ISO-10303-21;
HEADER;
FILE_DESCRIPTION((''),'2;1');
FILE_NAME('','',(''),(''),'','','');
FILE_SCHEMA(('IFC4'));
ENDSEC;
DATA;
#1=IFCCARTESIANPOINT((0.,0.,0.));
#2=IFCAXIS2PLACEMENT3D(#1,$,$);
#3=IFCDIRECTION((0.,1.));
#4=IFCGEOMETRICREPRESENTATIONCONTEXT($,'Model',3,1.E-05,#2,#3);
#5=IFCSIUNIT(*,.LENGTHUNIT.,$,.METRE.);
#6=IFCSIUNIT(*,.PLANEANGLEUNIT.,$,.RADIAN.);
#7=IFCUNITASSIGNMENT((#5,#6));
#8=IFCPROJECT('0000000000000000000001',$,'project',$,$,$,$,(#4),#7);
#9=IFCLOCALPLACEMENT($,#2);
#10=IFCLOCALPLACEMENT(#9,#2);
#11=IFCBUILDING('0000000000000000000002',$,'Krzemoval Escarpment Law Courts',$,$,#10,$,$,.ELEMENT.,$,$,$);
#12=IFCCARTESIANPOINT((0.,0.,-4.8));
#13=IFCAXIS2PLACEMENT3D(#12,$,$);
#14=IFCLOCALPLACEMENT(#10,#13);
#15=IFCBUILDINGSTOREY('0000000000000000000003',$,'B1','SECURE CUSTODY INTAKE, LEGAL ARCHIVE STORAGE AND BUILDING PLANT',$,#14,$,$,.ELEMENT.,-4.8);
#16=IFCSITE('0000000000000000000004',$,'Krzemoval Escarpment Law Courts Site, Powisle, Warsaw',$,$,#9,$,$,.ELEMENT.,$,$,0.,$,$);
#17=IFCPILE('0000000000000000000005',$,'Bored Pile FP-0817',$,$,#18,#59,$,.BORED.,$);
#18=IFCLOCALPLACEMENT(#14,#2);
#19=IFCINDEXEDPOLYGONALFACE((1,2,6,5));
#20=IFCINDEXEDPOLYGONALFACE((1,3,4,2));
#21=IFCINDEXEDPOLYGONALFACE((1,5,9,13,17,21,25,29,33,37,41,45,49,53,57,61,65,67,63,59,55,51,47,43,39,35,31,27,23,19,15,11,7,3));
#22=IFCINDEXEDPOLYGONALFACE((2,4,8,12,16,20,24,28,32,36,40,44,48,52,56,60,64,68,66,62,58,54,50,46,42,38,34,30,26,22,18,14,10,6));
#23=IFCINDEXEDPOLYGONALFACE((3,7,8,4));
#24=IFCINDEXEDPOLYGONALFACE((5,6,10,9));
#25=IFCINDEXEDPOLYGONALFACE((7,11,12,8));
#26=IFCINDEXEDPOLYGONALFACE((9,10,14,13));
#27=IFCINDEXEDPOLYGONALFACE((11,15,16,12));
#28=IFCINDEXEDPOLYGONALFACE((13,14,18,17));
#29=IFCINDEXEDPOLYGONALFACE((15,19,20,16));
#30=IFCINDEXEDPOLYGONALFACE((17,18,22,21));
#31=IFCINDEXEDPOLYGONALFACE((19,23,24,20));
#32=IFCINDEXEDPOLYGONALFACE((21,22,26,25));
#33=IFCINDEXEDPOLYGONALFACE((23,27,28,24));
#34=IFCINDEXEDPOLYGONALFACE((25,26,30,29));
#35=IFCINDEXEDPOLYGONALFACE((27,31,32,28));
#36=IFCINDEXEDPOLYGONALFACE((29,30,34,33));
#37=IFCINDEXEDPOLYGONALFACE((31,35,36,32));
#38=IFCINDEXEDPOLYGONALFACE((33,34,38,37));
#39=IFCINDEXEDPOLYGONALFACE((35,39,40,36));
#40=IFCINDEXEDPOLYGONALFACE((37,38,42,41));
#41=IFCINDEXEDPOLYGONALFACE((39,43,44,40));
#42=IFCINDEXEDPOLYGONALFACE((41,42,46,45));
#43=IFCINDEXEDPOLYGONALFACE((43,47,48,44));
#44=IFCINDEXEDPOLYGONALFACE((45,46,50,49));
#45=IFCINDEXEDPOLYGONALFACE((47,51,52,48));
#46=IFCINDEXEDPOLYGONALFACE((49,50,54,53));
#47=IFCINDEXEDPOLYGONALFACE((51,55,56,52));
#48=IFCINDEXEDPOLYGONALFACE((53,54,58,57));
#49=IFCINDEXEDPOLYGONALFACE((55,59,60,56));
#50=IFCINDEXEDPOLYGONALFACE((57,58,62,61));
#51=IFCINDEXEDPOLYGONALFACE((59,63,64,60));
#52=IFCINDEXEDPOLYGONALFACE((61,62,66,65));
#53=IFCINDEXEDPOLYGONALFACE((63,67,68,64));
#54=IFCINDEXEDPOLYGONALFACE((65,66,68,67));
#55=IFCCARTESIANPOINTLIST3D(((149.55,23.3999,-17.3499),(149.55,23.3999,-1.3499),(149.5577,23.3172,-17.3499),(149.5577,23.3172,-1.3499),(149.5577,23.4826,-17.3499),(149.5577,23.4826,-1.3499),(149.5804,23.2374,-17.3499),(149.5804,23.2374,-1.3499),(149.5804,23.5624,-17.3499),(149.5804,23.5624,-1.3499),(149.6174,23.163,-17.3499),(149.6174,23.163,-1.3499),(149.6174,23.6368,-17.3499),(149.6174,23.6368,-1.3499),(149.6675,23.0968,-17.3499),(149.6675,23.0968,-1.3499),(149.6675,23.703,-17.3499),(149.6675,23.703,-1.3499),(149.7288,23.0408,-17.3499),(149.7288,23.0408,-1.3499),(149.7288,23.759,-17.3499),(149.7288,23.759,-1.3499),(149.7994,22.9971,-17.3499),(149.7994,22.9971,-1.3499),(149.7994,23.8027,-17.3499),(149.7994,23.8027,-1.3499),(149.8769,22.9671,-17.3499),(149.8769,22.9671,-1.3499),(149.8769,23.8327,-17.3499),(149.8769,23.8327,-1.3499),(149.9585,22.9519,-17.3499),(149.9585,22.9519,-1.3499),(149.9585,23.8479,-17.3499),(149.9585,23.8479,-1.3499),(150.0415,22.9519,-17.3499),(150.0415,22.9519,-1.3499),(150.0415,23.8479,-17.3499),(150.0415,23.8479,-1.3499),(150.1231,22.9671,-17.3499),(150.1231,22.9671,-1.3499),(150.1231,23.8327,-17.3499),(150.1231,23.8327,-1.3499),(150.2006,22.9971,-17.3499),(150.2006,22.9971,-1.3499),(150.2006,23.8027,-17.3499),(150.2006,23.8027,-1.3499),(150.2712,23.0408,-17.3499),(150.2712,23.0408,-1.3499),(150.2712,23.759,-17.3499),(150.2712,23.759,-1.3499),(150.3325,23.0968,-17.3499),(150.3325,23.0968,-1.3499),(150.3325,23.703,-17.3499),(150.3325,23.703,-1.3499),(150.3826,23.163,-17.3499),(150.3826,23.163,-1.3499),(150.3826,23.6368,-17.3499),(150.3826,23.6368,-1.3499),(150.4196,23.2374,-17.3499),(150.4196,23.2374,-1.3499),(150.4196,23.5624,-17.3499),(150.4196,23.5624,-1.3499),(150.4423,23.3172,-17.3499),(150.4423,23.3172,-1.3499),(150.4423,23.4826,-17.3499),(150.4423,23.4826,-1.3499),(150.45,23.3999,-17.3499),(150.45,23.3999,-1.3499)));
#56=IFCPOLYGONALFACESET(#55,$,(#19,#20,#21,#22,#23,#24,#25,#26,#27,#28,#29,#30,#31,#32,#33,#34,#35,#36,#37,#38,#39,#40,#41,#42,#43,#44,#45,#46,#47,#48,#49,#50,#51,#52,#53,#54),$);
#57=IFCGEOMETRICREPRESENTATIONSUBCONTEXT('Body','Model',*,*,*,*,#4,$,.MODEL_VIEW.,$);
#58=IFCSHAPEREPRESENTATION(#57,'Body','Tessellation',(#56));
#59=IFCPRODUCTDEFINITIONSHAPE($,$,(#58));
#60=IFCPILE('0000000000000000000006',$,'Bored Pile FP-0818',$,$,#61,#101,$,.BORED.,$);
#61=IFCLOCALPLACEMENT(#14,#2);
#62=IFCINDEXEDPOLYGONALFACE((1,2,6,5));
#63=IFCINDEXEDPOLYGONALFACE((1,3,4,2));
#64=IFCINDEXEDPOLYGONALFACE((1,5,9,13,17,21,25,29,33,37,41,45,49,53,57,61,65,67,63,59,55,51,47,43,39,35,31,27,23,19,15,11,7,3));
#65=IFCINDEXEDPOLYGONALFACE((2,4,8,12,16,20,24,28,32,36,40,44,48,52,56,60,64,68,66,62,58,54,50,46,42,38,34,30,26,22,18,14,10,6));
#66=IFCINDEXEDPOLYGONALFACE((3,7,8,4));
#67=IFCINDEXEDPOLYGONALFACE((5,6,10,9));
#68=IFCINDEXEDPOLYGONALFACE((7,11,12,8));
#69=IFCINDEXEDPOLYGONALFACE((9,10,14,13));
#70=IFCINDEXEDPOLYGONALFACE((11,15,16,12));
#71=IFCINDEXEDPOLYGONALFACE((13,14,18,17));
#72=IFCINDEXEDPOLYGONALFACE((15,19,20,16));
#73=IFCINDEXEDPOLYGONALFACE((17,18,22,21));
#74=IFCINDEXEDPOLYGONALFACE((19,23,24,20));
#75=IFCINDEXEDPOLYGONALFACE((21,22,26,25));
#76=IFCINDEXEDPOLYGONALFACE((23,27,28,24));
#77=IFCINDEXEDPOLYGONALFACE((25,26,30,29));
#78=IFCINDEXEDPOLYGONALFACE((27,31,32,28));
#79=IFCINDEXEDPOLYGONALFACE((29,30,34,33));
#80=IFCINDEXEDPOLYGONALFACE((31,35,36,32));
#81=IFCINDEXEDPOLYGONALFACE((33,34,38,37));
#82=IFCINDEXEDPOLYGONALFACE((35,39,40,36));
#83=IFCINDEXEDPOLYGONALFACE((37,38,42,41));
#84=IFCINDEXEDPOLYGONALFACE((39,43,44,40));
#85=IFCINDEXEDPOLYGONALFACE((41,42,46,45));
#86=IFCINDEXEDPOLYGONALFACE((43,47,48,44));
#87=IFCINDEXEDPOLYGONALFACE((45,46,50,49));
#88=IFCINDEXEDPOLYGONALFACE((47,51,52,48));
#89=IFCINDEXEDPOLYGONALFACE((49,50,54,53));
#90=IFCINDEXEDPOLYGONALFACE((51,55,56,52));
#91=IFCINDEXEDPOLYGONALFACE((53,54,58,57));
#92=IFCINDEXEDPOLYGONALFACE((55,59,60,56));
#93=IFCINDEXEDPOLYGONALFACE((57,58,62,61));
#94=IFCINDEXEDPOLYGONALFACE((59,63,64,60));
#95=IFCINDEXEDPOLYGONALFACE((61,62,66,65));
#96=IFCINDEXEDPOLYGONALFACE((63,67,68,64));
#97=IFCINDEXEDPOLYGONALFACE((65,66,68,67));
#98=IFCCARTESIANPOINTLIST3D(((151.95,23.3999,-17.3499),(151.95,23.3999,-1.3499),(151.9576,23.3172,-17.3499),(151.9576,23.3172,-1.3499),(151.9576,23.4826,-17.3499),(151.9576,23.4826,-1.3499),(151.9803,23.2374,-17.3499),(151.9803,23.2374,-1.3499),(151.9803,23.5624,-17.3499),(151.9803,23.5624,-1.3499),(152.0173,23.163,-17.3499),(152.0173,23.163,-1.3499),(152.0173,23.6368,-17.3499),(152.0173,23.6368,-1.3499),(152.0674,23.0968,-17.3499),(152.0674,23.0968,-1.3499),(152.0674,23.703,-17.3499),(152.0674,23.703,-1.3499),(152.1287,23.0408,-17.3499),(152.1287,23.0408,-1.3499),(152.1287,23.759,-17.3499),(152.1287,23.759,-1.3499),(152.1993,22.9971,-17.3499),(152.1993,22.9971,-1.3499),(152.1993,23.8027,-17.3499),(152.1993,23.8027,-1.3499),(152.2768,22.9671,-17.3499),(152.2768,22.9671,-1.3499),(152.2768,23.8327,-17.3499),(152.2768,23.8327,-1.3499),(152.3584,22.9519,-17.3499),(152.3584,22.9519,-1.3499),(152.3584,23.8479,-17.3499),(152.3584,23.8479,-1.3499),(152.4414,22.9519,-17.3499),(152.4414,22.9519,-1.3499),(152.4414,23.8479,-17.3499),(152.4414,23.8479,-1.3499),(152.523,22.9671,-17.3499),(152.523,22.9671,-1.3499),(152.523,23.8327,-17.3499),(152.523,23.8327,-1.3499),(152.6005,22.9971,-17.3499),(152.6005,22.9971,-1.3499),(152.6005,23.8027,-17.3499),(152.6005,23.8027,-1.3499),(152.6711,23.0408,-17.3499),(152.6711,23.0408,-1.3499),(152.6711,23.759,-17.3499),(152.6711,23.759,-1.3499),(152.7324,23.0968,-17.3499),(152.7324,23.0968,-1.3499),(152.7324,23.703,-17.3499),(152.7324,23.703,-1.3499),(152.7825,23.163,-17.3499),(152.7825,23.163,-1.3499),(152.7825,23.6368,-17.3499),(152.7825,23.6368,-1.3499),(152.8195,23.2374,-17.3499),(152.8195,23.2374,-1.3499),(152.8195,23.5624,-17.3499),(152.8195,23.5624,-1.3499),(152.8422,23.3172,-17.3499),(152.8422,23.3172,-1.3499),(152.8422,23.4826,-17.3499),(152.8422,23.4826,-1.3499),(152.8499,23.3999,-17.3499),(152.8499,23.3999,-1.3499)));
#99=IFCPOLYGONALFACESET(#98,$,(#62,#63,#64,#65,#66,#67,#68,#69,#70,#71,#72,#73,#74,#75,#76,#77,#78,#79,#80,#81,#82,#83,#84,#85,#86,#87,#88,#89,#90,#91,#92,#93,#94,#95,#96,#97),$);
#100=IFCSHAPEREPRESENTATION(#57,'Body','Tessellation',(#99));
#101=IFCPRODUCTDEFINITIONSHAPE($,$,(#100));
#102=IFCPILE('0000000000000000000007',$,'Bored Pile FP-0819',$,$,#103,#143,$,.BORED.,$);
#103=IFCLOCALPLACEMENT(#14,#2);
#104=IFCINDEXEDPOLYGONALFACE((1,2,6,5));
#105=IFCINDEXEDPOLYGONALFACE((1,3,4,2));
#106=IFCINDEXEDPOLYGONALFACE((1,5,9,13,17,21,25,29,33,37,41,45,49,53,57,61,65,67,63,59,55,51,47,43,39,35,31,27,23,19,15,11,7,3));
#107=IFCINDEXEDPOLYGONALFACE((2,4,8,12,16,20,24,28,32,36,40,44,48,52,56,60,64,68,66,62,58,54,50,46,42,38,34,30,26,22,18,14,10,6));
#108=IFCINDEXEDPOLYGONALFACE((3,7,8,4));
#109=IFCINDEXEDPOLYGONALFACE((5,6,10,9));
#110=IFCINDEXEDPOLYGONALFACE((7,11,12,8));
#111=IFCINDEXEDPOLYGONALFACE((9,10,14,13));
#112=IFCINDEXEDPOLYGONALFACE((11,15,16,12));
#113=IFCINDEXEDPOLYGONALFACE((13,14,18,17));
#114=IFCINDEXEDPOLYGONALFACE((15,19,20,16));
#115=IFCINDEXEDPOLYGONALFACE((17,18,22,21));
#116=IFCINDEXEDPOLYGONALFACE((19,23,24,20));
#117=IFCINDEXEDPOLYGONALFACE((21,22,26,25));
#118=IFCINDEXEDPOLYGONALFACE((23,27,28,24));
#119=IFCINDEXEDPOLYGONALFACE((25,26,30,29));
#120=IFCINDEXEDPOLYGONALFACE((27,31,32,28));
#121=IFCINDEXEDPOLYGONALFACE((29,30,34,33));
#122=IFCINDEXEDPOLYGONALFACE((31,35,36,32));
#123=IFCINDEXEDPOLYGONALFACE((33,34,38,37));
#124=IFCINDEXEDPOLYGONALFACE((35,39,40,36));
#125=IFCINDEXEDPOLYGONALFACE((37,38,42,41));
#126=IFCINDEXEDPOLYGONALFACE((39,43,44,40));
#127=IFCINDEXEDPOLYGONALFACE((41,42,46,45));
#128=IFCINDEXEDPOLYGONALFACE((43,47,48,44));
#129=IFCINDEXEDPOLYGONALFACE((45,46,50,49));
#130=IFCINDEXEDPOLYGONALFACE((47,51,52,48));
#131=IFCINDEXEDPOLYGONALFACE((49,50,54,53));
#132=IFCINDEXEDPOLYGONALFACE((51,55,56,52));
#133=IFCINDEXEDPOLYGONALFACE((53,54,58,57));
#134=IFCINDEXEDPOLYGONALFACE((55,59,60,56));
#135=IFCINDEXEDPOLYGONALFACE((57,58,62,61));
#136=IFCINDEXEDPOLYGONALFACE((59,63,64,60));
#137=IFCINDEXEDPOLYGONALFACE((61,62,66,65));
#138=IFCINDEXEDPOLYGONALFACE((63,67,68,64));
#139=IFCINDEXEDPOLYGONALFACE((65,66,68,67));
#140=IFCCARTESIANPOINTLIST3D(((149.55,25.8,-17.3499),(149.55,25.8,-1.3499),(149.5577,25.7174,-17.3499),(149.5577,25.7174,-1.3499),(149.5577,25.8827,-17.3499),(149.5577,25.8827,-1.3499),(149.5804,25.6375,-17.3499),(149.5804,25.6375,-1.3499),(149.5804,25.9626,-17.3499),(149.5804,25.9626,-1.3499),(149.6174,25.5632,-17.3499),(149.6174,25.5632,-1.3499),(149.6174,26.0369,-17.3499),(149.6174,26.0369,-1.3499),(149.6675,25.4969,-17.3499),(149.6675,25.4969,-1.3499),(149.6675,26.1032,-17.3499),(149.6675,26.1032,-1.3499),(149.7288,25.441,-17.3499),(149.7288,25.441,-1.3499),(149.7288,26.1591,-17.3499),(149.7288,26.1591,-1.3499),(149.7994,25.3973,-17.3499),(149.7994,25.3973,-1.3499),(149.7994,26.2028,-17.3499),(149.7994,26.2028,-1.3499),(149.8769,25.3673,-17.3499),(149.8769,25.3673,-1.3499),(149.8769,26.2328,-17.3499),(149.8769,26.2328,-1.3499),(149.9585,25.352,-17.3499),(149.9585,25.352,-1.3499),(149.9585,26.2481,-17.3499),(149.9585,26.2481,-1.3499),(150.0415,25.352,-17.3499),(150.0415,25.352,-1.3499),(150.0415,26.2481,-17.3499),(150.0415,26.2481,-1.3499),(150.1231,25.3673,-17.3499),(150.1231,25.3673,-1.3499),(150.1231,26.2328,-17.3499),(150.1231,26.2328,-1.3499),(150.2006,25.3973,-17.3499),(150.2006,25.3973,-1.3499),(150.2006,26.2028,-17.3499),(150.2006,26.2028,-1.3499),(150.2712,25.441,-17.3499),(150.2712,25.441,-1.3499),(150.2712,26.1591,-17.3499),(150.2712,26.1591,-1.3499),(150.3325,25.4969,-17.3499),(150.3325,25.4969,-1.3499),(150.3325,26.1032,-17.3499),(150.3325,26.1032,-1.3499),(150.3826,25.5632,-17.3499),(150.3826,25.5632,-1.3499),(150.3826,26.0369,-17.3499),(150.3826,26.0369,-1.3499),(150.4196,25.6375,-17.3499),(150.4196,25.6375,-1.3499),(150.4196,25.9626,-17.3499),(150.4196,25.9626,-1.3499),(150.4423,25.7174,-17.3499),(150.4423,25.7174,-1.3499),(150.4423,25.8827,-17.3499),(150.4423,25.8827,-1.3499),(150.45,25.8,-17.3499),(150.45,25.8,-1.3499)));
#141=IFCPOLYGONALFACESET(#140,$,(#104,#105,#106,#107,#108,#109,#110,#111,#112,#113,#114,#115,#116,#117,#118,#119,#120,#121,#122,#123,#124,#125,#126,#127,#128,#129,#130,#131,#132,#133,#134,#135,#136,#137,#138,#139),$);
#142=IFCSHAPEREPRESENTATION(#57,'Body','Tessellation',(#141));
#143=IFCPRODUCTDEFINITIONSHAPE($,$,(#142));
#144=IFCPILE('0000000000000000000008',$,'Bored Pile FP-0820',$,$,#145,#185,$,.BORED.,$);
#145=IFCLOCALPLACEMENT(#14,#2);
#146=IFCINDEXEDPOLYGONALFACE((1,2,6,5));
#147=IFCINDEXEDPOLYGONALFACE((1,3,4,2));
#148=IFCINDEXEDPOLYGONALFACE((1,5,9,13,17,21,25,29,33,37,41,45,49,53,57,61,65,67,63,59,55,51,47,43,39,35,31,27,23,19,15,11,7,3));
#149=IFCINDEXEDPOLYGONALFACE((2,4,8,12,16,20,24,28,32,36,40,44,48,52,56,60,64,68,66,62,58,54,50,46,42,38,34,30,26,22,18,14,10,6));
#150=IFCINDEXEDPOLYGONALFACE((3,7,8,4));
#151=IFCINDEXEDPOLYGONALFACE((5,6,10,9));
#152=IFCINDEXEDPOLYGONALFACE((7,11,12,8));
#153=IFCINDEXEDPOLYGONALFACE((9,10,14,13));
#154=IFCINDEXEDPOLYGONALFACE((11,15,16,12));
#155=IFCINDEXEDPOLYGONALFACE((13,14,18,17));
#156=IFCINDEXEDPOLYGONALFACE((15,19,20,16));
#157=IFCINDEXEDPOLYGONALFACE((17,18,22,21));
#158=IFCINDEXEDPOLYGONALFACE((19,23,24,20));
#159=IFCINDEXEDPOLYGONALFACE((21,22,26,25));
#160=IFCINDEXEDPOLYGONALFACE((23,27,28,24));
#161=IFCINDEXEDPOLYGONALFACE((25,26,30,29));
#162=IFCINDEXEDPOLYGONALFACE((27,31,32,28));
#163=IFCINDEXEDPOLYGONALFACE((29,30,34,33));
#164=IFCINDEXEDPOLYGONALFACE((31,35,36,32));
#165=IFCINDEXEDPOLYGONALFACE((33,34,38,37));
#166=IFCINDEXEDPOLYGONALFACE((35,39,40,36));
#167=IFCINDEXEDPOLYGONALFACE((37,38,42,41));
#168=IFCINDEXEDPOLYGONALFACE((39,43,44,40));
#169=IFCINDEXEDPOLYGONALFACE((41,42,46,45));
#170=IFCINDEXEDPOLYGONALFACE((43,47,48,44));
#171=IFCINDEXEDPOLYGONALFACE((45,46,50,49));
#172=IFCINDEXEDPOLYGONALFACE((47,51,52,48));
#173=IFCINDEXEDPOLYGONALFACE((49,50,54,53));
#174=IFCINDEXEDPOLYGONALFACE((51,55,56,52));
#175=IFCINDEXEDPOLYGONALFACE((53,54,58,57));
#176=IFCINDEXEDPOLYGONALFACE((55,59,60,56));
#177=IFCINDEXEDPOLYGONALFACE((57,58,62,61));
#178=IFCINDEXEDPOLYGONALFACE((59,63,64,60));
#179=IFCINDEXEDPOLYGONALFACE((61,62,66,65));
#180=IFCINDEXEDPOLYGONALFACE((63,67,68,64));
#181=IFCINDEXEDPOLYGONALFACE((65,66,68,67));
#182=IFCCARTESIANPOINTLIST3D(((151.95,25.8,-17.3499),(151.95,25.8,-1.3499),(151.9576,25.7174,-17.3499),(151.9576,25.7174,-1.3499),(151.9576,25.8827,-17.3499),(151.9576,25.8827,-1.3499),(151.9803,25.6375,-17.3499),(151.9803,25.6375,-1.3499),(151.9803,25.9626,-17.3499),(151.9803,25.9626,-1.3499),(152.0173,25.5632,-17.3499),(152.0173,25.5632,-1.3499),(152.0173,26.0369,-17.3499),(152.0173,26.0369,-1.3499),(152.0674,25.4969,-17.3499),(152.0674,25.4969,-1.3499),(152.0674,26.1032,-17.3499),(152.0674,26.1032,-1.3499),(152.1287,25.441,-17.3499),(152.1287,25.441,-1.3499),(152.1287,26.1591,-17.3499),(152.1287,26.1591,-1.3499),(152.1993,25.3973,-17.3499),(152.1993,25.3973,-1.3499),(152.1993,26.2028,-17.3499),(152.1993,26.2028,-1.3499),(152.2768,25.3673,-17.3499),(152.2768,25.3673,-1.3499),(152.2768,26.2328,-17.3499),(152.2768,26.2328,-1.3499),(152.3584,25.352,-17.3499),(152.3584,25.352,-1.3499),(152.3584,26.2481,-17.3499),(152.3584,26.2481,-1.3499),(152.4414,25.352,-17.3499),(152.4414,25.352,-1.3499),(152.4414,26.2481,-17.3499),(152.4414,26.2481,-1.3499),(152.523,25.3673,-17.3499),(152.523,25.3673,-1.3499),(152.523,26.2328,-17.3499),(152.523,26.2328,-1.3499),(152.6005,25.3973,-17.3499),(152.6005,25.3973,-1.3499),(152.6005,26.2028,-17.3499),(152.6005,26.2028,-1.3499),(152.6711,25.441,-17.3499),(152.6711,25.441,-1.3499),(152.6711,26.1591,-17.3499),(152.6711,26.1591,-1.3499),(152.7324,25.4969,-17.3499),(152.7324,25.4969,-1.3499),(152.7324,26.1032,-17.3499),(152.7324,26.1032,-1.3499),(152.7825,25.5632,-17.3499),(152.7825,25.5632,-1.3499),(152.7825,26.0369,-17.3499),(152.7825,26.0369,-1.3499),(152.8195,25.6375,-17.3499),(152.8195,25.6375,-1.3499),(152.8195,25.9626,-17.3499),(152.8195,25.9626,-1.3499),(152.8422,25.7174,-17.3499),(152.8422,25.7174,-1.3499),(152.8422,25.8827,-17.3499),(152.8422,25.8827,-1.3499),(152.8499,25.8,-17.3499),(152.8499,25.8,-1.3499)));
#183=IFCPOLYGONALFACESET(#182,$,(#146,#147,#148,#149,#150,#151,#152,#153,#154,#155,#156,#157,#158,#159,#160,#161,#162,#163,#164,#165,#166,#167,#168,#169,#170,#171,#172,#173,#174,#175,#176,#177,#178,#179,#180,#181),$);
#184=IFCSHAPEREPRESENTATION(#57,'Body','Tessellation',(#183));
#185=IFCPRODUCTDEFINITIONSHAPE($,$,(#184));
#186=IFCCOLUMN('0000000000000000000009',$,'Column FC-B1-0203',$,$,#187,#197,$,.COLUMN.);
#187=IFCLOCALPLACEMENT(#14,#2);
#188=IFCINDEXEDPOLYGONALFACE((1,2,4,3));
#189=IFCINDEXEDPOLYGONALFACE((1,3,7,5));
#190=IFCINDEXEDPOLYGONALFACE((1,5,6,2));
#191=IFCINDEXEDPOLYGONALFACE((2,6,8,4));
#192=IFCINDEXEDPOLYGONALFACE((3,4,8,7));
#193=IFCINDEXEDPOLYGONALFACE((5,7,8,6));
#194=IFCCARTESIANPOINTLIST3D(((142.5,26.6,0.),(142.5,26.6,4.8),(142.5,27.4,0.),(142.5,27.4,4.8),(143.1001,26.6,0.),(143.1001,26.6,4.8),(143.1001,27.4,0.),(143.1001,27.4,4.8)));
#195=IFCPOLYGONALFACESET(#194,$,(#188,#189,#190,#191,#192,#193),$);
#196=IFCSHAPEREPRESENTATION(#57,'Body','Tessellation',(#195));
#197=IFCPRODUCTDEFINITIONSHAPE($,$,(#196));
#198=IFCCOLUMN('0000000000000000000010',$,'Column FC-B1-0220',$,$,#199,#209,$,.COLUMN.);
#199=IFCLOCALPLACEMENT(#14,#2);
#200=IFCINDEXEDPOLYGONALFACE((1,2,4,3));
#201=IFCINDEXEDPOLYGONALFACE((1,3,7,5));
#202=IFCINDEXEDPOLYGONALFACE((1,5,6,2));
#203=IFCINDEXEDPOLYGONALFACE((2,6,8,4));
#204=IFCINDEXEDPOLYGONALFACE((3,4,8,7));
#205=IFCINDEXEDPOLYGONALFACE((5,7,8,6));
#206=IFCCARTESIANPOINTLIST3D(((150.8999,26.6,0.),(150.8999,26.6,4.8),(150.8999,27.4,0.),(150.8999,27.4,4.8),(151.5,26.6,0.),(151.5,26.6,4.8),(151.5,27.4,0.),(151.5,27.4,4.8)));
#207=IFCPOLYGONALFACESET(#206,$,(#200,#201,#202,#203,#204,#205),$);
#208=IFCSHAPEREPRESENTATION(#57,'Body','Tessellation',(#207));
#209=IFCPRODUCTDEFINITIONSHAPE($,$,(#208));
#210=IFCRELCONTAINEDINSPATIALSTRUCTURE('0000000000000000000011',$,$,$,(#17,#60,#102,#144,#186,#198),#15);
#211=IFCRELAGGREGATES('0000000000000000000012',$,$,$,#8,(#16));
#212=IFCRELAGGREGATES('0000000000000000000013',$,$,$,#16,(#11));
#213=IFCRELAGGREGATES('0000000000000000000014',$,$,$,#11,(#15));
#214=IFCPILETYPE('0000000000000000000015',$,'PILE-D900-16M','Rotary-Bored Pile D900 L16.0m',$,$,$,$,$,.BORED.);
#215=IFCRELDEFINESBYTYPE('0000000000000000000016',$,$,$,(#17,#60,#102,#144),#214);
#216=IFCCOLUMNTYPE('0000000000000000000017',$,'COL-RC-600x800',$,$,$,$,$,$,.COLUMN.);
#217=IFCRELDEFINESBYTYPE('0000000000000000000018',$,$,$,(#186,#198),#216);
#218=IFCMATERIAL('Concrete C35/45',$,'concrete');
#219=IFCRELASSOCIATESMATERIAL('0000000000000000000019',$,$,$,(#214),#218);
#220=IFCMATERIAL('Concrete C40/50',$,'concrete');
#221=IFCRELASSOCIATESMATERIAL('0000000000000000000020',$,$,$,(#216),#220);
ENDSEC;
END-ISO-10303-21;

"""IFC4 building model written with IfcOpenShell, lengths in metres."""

from ifc_helpers import new_model, si_unit, direction, frame, origin, origin_2d, place, context, subcontext, project, spatial, rectangle, circle, extrude, material, material_profile, profile_set, type_object, element, save


model = new_model("IFC4")

# Units and contexts
model_context = context("Model", 3, precision=1e-05, world=origin(), true_north=direction((0.0, 1.0)))
body_context = subcontext(model_context, "Body", "Model", "MODEL_VIEW")
ifc_project = project(units=[si_unit("LENGTHUNIT", "METRE"), si_unit("PLANEANGLEUNIT", "RADIAN")], contexts=[model_context])

# Site, building, storey
site_placement = place(None, origin())
site = spatial("IfcSite", under=ifc_project, at=site_placement, Name="Krzemoval Escarpment Law Courts Site, Powisle, Warsaw", CompositionType="ELEMENT", RefElevation=0.0)
building_placement = place(site_placement, origin())
building = spatial("IfcBuilding", under=site, at=building_placement, Name="Krzemoval Escarpment Law Courts", CompositionType="ELEMENT")
storey_placement = place(building_placement, frame((0.0, 0.0, -4.8)))
storey = spatial("IfcBuildingStorey", under=building, at=storey_placement, Name="B1", Description="SECURE CUSTODY INTAKE, LEGAL ARCHIVE STORAGE AND BUILDING PLANT", CompositionType="ELEMENT", Elevation=-4.8)

# Piles
ifc_material_1 = material(Name="Concrete C35/45", Category="concrete")
ifc_material_profile_1 = material_profile(ifc_material_1, circle(Radius=0.45, at=origin_2d()), Name="PILE D900")
ifc_profile_set_1 = profile_set([ifc_material_profile_1], Name="Concrete C35/45")
pile_type = type_object("IfcPileType", Name="PILE-D900-16M", Description="Rotary-Bored Pile D900 L16.0m", PredefinedType="BORED", material=ifc_profile_set_1)
for number, where, z_axis, x_axis, name in (
    (1, (150.0, 23.3999, -1.3499), (0.0, 0.0, -1.0), (1.0, 0.0, 0.0), "Bored Pile FP-0817"),
    (2, (152.3999, 23.3999, -1.3499), (0.0, 0.0, -1.0), (1.0, 0.0, 0.0), "Bored Pile FP-0818"),
    (3, (150.0, 25.8, -1.3499), (0.0, 0.0, -1.0), (1.0, 0.0, 0.0), "Bored Pile FP-0819"),
    (4, (152.3999, 25.8, -1.3499), (0.0, 0.0, -1.0), (1.0, 0.0, 0.0), "Bored Pile FP-0820"),
):
    element("IfcPile", number, at=place(storey_placement, frame(where, z_axis=z_axis, x_axis=x_axis)), inside=storey, type_object=pile_type, Name=name, PredefinedType="BORED", context=body_context, shape_type="SweptSolid", body=[
        extrude(circle(Radius=0.45, at=origin_2d()), origin(), (0.0, 0.0, 1.0), 16.0),
    ])

# Columns
ifc_material_2 = material(Name="Concrete C40/50", Category="concrete")
ifc_material_profile_2 = material_profile(ifc_material_2, rectangle(XDim=0.6001, YDim=0.8, at=origin_2d()), Name="RC 600x800")
ifc_profile_set_2 = profile_set([ifc_material_profile_2], Name="Concrete C40/50")
column_type = type_object("IfcColumnType", Name="COL-RC-600x800", PredefinedType="COLUMN", material=ifc_profile_set_2)
for number, where, z_axis, x_axis, name in (
    (5, (142.8, 27.0, 0.0), (0.0, 0.0, 1.0), (1.0, 0.0, 0.0), "Column FC-B1-0203"),
    (6, (151.2, 27.0, 0.0), (0.0, 0.0, 1.0), (1.0, 0.0, 0.0), "Column FC-B1-0220"),
):
    element("IfcColumn", number, at=place(storey_placement, frame(where, z_axis=z_axis, x_axis=x_axis)), inside=storey, type_object=column_type, Name=name, PredefinedType="COLUMN", context=body_context, shape_type="SweptSolid", body=[
        extrude(rectangle(XDim=0.6001, YDim=0.8, at=origin_2d()), origin(), (0.0, 0.0, 1.0), 4.8),
    ])

save(model, "model.ifc")
